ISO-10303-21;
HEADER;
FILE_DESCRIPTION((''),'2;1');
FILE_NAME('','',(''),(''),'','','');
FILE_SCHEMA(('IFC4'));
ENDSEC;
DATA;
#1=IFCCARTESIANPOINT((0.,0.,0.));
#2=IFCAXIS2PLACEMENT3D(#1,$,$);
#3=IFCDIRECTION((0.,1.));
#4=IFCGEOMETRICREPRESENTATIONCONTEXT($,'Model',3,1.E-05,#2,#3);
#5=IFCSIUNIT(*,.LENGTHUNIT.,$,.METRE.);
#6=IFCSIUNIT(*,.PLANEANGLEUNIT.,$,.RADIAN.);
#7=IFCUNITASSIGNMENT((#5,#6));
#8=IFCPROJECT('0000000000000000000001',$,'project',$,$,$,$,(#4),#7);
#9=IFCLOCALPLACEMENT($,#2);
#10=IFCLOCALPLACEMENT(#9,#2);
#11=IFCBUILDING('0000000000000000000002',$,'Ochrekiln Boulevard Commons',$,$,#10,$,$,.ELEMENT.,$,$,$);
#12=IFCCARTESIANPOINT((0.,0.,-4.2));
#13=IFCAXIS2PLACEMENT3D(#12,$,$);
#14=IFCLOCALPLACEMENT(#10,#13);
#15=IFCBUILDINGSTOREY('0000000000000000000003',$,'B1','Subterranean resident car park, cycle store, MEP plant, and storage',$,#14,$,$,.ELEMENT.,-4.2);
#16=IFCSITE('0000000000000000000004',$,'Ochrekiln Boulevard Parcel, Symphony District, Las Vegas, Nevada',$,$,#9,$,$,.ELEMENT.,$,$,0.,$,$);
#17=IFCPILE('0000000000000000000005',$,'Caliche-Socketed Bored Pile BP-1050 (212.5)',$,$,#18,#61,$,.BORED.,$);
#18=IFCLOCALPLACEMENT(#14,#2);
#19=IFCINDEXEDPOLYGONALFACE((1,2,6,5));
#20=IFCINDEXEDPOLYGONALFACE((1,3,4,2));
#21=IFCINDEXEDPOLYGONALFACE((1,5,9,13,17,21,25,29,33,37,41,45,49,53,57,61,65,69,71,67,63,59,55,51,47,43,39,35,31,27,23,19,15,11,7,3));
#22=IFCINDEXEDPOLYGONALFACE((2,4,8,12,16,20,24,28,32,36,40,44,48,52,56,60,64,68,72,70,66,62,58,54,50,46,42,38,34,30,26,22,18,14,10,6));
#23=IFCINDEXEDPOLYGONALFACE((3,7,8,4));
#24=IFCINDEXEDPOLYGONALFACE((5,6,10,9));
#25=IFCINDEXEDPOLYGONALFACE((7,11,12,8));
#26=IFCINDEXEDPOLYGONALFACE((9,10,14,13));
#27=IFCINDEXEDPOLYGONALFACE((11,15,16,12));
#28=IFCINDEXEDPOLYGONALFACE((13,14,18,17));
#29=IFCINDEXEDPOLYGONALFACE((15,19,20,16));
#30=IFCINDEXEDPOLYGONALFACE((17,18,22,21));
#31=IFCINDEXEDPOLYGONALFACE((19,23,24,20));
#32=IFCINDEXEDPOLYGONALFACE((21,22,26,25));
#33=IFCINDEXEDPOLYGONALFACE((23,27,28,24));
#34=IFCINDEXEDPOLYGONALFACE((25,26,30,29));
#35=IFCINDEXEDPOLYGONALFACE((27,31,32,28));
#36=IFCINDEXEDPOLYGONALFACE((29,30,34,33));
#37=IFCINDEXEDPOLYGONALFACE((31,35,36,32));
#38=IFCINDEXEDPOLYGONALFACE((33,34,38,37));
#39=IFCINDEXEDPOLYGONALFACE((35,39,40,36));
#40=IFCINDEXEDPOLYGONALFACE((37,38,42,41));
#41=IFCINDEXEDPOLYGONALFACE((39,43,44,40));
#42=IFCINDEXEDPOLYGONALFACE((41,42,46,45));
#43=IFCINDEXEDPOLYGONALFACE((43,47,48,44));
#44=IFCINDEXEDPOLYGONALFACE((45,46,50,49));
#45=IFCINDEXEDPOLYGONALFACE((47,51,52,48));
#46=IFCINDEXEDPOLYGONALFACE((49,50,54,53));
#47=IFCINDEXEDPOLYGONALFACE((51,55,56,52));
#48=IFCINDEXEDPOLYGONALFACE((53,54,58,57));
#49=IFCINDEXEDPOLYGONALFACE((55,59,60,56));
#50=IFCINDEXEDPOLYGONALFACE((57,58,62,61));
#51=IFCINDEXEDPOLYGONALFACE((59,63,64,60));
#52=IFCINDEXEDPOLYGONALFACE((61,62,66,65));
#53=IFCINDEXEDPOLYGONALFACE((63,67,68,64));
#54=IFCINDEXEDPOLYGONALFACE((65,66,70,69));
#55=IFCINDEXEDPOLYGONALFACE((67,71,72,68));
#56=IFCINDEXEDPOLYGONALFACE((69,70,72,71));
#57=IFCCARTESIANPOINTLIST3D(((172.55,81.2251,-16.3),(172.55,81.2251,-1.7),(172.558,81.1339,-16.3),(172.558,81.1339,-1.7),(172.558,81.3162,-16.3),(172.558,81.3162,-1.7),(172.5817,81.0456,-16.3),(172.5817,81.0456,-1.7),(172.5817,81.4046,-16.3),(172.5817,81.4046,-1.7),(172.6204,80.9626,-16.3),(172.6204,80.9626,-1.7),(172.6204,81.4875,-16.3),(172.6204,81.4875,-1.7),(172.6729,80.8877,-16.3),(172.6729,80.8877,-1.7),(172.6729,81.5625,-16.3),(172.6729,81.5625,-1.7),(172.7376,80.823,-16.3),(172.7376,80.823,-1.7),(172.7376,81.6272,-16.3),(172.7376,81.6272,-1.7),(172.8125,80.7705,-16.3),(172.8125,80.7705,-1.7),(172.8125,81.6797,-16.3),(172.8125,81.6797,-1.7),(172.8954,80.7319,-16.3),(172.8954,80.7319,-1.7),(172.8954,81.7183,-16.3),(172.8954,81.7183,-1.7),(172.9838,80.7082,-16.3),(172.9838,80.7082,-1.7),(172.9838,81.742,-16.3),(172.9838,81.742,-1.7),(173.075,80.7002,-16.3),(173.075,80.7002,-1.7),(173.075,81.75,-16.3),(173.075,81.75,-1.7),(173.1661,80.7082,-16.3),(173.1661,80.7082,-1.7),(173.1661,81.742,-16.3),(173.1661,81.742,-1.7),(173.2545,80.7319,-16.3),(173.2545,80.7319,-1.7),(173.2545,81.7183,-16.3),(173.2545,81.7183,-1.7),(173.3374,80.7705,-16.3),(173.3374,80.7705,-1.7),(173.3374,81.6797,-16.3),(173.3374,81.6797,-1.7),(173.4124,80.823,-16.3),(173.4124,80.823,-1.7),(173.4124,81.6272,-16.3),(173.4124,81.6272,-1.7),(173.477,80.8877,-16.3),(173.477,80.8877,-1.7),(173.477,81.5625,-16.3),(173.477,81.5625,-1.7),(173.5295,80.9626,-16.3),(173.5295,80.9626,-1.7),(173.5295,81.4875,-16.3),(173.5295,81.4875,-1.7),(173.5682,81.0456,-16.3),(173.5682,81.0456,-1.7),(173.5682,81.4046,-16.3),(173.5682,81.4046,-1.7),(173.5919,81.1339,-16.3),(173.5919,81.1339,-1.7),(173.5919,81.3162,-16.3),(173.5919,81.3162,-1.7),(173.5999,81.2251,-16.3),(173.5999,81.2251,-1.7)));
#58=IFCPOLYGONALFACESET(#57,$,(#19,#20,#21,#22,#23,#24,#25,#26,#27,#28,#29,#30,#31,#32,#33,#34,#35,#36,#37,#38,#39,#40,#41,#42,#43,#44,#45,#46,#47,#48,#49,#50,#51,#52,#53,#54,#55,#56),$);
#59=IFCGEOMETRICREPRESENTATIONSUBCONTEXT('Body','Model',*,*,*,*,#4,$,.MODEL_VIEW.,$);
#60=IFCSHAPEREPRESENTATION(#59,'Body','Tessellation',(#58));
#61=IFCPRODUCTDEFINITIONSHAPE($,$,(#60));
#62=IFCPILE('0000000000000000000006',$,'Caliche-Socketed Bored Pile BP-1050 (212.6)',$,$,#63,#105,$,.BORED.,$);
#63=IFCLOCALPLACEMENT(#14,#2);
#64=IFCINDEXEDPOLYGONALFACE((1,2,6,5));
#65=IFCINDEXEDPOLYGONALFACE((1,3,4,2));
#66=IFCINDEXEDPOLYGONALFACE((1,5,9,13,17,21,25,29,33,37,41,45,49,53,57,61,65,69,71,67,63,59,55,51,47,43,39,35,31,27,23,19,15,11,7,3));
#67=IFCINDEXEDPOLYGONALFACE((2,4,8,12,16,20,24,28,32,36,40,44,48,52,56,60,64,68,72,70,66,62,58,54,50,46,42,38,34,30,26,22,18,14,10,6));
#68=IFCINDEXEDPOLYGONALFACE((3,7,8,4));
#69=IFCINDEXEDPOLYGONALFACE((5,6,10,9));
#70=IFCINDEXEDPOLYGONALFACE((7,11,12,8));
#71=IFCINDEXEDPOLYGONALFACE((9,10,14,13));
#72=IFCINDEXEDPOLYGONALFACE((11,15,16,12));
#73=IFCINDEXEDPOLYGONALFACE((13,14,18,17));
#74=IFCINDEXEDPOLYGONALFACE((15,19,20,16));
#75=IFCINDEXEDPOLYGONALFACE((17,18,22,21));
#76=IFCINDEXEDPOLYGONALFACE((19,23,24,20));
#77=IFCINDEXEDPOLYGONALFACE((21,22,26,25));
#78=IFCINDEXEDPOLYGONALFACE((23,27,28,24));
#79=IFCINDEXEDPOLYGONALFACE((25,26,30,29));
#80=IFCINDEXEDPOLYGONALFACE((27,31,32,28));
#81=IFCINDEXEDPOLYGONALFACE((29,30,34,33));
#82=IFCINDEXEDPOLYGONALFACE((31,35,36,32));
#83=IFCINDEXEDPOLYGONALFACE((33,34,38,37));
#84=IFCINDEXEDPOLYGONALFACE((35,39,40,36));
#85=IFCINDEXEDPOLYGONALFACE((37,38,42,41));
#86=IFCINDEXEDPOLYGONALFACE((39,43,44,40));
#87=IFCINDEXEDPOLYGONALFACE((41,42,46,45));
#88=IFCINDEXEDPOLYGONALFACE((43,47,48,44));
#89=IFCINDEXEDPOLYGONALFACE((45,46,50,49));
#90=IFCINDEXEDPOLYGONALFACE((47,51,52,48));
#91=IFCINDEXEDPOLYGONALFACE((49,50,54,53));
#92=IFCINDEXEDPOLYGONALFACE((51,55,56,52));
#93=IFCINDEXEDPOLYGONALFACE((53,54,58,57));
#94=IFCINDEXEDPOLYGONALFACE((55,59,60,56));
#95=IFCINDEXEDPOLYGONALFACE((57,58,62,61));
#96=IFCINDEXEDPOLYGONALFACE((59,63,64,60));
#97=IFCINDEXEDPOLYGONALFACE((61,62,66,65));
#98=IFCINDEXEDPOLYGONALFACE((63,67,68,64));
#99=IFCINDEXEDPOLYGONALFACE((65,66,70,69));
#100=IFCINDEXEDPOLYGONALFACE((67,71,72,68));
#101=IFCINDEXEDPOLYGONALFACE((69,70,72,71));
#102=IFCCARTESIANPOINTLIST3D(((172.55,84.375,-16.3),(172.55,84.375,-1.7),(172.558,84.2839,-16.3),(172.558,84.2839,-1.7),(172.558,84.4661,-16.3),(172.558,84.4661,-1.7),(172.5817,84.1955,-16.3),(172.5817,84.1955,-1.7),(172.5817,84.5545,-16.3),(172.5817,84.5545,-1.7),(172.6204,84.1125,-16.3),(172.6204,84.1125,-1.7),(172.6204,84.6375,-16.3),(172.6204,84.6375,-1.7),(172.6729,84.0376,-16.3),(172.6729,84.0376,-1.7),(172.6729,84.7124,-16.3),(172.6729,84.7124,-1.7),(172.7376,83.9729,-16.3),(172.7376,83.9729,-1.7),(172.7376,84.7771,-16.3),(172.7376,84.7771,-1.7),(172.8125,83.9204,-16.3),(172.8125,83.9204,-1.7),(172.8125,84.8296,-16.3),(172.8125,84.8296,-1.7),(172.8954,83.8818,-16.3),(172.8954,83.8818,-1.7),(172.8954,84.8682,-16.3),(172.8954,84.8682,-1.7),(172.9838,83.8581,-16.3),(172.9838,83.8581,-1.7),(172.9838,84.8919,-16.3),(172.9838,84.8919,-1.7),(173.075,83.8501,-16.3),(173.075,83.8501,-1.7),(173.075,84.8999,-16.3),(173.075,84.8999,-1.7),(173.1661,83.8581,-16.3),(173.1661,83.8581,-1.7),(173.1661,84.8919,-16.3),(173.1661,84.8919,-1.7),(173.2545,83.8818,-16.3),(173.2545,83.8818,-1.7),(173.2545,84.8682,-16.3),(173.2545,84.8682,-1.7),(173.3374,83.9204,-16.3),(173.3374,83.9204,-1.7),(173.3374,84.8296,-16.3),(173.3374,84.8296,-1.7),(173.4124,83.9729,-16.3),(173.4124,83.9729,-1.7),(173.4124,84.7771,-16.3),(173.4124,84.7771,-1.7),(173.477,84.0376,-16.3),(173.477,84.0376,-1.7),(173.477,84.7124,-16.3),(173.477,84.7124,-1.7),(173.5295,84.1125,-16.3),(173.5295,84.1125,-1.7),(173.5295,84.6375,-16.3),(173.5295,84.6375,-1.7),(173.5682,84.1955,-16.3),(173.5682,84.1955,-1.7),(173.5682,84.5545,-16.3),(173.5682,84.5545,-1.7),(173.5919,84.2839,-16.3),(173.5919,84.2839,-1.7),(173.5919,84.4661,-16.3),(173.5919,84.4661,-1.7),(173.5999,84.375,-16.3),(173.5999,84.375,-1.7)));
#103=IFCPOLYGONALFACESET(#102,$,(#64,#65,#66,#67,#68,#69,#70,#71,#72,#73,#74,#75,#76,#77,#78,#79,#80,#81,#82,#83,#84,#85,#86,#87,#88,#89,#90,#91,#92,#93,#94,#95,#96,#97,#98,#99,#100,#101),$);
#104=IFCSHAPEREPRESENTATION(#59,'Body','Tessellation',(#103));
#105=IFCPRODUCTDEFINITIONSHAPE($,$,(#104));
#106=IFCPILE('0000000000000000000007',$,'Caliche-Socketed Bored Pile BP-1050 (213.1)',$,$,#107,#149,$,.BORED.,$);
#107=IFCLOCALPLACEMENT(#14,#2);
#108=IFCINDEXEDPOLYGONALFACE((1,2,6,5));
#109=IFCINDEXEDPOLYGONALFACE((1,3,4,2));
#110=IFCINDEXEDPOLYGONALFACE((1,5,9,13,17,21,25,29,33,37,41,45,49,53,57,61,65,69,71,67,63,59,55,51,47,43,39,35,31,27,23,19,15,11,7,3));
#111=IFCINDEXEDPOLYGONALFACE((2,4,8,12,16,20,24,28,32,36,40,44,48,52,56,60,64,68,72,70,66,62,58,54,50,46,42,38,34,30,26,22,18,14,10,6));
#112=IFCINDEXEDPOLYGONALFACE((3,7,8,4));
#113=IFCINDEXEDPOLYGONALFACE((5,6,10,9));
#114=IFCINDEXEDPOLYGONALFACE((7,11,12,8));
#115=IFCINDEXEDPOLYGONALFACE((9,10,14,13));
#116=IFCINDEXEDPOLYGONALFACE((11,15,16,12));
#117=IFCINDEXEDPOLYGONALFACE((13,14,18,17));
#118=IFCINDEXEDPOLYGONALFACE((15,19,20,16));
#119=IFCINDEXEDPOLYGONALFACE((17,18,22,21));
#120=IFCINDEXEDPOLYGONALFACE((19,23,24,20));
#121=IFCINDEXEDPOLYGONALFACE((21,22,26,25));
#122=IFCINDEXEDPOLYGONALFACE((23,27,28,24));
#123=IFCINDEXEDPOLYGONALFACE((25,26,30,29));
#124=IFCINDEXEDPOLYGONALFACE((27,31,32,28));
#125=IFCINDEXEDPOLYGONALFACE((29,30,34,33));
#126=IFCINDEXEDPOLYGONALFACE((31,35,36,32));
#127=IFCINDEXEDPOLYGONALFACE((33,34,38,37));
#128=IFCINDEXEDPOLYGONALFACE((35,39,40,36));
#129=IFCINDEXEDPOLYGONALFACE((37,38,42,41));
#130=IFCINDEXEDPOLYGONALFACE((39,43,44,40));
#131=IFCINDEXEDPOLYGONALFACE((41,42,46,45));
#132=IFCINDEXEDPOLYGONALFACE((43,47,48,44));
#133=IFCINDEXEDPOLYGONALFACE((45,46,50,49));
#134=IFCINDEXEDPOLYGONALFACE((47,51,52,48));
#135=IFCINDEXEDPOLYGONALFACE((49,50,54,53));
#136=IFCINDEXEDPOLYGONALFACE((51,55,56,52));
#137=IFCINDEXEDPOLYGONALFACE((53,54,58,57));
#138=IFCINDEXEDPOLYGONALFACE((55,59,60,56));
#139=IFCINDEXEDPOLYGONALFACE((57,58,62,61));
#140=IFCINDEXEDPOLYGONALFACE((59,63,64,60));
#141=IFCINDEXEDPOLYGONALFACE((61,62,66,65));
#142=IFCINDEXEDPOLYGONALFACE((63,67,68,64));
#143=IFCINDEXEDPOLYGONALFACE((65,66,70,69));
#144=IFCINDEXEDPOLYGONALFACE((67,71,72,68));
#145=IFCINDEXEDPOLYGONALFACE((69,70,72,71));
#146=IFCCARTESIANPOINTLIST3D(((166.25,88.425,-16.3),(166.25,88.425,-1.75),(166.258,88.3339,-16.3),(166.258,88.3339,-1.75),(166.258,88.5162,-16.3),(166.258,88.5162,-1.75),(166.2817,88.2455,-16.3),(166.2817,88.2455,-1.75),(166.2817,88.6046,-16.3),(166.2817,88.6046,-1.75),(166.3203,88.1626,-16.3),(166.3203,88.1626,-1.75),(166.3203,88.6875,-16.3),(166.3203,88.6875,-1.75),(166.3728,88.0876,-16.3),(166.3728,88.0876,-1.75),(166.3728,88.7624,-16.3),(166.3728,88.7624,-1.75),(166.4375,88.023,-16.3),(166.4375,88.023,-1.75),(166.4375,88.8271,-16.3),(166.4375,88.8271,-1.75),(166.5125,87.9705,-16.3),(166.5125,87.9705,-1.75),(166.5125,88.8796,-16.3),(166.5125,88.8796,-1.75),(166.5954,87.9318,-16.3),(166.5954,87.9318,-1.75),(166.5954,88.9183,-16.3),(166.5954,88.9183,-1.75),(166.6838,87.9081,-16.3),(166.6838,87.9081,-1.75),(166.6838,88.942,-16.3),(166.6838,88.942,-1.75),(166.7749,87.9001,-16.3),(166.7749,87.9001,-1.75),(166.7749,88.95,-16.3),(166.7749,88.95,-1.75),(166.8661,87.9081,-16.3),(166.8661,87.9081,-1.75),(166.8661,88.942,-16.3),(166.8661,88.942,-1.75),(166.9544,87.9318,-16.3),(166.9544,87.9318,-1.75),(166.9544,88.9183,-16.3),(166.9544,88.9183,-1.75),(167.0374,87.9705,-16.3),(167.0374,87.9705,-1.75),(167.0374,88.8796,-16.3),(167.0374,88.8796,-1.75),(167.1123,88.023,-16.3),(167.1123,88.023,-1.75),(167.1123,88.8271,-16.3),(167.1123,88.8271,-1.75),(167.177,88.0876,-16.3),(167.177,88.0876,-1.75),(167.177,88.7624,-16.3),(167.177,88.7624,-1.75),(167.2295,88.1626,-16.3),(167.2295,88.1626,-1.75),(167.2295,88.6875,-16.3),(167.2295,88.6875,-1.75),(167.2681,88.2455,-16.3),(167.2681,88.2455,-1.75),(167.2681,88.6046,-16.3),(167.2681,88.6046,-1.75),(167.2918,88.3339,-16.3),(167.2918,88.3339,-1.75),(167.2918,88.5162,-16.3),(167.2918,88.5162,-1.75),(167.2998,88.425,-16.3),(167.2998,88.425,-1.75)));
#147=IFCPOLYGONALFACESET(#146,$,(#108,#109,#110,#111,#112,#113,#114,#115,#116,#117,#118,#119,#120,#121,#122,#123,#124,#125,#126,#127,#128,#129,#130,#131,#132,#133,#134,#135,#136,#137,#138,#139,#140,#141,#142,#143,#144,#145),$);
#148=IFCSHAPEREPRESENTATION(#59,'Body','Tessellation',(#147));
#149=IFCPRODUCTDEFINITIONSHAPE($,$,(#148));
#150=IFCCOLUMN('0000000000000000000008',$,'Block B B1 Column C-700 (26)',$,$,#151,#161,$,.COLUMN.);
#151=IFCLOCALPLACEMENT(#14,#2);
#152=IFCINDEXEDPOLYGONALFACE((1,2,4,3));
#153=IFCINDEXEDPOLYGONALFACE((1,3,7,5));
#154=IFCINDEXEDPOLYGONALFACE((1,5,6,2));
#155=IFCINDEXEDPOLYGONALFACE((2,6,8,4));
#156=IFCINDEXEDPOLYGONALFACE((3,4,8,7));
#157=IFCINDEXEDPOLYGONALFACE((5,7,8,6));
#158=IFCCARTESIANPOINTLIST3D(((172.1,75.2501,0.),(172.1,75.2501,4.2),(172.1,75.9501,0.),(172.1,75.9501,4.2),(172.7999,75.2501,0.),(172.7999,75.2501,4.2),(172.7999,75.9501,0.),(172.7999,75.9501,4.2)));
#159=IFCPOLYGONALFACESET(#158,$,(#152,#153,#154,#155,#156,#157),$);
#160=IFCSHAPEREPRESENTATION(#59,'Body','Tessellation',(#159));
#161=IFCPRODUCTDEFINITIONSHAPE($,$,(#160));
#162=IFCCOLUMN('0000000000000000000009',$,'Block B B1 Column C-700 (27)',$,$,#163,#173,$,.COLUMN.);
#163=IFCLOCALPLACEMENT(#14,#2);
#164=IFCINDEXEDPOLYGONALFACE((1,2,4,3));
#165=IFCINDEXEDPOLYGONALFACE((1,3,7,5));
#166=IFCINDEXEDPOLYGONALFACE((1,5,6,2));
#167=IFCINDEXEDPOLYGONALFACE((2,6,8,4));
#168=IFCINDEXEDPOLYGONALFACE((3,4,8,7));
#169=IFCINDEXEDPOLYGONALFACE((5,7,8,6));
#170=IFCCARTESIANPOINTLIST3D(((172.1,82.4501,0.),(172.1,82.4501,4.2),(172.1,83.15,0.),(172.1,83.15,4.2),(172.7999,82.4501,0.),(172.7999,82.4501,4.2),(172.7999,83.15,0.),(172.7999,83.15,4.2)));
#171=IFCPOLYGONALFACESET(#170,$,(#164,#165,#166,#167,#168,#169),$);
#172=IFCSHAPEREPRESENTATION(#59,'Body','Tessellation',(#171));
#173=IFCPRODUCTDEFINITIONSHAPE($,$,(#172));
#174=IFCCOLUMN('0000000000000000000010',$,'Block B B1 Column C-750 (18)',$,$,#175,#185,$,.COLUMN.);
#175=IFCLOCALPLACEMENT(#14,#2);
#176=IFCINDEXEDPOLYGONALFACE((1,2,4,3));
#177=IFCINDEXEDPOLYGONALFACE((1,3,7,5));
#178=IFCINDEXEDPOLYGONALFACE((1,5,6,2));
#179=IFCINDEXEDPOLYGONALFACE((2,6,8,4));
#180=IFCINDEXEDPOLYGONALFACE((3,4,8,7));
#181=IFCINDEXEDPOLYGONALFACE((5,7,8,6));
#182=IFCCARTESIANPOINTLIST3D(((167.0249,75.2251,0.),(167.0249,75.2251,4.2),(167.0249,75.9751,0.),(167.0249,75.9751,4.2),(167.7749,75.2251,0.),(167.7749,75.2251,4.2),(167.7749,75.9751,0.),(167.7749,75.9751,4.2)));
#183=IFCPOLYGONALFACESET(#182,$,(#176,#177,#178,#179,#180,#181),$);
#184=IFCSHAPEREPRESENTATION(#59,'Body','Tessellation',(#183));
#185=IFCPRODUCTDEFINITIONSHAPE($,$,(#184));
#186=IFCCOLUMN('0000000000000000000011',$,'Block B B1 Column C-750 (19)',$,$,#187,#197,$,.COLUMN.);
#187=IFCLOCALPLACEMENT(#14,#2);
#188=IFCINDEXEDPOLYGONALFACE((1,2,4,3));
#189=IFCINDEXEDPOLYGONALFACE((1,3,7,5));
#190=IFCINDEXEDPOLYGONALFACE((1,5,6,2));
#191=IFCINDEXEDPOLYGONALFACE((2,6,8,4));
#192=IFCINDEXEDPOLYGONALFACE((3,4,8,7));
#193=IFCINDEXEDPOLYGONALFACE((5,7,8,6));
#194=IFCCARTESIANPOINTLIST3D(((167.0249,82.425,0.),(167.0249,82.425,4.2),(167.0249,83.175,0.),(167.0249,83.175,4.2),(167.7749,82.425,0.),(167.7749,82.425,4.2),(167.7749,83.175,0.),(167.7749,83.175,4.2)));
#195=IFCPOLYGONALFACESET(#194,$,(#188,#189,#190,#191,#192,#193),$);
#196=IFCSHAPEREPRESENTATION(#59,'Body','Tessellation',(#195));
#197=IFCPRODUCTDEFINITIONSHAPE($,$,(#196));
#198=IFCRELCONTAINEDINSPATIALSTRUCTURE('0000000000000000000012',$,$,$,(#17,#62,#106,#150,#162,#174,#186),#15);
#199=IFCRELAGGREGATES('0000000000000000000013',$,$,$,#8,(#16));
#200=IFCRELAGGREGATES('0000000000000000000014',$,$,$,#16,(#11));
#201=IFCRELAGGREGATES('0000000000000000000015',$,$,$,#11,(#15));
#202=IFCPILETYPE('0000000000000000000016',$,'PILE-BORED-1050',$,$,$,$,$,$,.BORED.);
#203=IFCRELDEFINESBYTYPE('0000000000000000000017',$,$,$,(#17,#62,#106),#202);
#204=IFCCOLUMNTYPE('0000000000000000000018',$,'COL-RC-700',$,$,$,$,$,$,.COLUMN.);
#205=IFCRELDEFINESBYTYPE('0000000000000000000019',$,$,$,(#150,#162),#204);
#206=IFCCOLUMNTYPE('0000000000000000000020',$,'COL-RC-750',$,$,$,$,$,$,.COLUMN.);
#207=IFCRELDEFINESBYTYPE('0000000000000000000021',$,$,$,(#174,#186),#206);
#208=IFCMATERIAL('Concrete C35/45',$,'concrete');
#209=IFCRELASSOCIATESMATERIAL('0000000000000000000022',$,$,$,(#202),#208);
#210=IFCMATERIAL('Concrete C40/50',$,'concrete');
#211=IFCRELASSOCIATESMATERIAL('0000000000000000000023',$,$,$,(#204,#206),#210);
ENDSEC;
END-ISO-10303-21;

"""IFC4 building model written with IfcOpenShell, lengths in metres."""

from ifc_helpers import new_model, si_unit, direction, frame, origin, origin_2d, place, context, subcontext, project, spatial, rectangle, circle, extrude, material, material_profile, profile_set, type_object, element, save


model = new_model("IFC4")

# Units and contexts
model_context = context("Model", 3, precision=1e-05, world=origin(), true_north=direction((0.0, 1.0)))
body_context = subcontext(model_context, "Body", "Model", "MODEL_VIEW")
ifc_project = project(units=[si_unit("LENGTHUNIT", "METRE"), si_unit("PLANEANGLEUNIT", "RADIAN")], contexts=[model_context])

# Site, building, storey
site_placement = place(None, origin())
site = spatial("IfcSite", under=ifc_project, at=site_placement, Name="Ochrekiln Boulevard Parcel, Symphony District, Las Vegas, Nevada", CompositionType="ELEMENT", RefElevation=0.0)
building_placement = place(site_placement, origin())
building = spatial("IfcBuilding", under=site, at=building_placement, Name="Ochrekiln Boulevard Commons", CompositionType="ELEMENT")
storey_placement = place(building_placement, frame((0.0, 0.0, -4.2)))
storey = spatial("IfcBuildingStorey", under=building, at=storey_placement, Name="B1", Description="Subterranean resident car park, cycle store, MEP plant, and storage", CompositionType="ELEMENT", Elevation=-4.2)

# Shared definitions
ifc_material_1 = material(Name="Concrete C35/45", Category="concrete")

# Piles
ifc_material_profile_1 = material_profile(ifc_material_1, circle(Radius=0.5249, at=origin_2d()), Name="PILE-D1050")
ifc_profile_set_1 = profile_set([ifc_material_profile_1], Name="Concrete C35/45")
pile_type = type_object("IfcPileType", Name="PILE-BORED-1050", PredefinedType="BORED", material=ifc_profile_set_1)
for number, where, z_axis, x_axis, name in (
    (1, (173.075, 81.2251, -1.7), (0.0, 0.0, -1.0), (1.0, 0.0, 0.0), "Caliche-Socketed Bored Pile BP-1050 (212.5)"),
    (2, (173.075, 84.375, -1.7), (0.0, 0.0, -1.0), (1.0, 0.0, 0.0), "Caliche-Socketed Bored Pile BP-1050 (212.6)"),
):
    element("IfcPile", number, at=place(storey_placement, frame(where, z_axis=z_axis, x_axis=x_axis)), inside=storey, type_object=pile_type, Name=name, PredefinedType="BORED", context=body_context, shape_type="SweptSolid", body=[
        extrude(circle(Radius=0.5249, at=origin_2d()), origin(), (0.0, 0.0, 1.0), 14.6001),
    ])
pile_1_placement = place(storey_placement, frame((166.7749, 88.425, -1.75), z_axis=(0.0, 0.0, -1.0), x_axis=(1.0, 0.0, 0.0)))
element("IfcPile", 3, at=pile_1_placement, inside=storey, type_object=pile_type, Name="Caliche-Socketed Bored Pile BP-1050 (213.1)", PredefinedType="BORED", context=body_context, shape_type="SweptSolid", body=[
    extrude(circle(Radius=0.5249, at=origin_2d()), origin(), (0.0, 0.0, 1.0), 14.55),
])

# Columns
ifc_material_2 = material(Name="Concrete C40/50", Category="concrete")
ifc_material_profile_2 = material_profile(ifc_material_2, rectangle(XDim=0.7, YDim=0.7, at=origin_2d()), Name="RC-COL-700x700")
ifc_profile_set_2 = profile_set([ifc_material_profile_2], Name="Concrete C40/50")
column_type_1 = type_object("IfcColumnType", Name="COL-RC-700", PredefinedType="COLUMN", material=ifc_profile_set_2)
for number, where, z_axis, x_axis, name in (
    (4, (172.45, 75.6001, 0.0), (0.0, 0.0, 1.0), (1.0, 0.0, 0.0), "Block B B1 Column C-700 (26)"),
    (5, (172.45, 82.8, 0.0), (0.0, 0.0, 1.0), (1.0, 0.0, 0.0), "Block B B1 Column C-700 (27)"),
):
    element("IfcColumn", number, at=place(storey_placement, frame(where, z_axis=z_axis, x_axis=x_axis)), inside=storey, type_object=column_type_1, Name=name, PredefinedType="COLUMN", context=body_context, shape_type="SweptSolid", body=[
        extrude(rectangle(XDim=0.7, YDim=0.7, at=origin_2d()), origin(), (0.0, 0.0, 1.0), 4.2),
    ])
ifc_material_profile_3 = material_profile(ifc_material_2, rectangle(XDim=0.75, YDim=0.75, at=origin_2d()), Name="RC-COL-750x750")
ifc_profile_set_3 = profile_set([ifc_material_profile_3], Name="Concrete C40/50")
column_type_2 = type_object("IfcColumnType", Name="COL-RC-750", PredefinedType="COLUMN", material=ifc_profile_set_3)
for number, where, z_axis, x_axis, name in (
    (6, (167.3999, 75.6001, 0.0), (0.0, 0.0, 1.0), (1.0, 0.0, 0.0), "Block B B1 Column C-750 (18)"),
    (7, (167.3999, 82.8, 0.0), (0.0, 0.0, 1.0), (1.0, 0.0, 0.0), "Block B B1 Column C-750 (19)"),
):
    element("IfcColumn", number, at=place(storey_placement, frame(where, z_axis=z_axis, x_axis=x_axis)), inside=storey, type_object=column_type_2, Name=name, PredefinedType="COLUMN", context=body_context, shape_type="SweptSolid", body=[
        extrude(rectangle(XDim=0.75, YDim=0.75, at=origin_2d()), origin(), (0.0, 0.0, 1.0), 4.2),
    ])

save(model, "model.ifc")
